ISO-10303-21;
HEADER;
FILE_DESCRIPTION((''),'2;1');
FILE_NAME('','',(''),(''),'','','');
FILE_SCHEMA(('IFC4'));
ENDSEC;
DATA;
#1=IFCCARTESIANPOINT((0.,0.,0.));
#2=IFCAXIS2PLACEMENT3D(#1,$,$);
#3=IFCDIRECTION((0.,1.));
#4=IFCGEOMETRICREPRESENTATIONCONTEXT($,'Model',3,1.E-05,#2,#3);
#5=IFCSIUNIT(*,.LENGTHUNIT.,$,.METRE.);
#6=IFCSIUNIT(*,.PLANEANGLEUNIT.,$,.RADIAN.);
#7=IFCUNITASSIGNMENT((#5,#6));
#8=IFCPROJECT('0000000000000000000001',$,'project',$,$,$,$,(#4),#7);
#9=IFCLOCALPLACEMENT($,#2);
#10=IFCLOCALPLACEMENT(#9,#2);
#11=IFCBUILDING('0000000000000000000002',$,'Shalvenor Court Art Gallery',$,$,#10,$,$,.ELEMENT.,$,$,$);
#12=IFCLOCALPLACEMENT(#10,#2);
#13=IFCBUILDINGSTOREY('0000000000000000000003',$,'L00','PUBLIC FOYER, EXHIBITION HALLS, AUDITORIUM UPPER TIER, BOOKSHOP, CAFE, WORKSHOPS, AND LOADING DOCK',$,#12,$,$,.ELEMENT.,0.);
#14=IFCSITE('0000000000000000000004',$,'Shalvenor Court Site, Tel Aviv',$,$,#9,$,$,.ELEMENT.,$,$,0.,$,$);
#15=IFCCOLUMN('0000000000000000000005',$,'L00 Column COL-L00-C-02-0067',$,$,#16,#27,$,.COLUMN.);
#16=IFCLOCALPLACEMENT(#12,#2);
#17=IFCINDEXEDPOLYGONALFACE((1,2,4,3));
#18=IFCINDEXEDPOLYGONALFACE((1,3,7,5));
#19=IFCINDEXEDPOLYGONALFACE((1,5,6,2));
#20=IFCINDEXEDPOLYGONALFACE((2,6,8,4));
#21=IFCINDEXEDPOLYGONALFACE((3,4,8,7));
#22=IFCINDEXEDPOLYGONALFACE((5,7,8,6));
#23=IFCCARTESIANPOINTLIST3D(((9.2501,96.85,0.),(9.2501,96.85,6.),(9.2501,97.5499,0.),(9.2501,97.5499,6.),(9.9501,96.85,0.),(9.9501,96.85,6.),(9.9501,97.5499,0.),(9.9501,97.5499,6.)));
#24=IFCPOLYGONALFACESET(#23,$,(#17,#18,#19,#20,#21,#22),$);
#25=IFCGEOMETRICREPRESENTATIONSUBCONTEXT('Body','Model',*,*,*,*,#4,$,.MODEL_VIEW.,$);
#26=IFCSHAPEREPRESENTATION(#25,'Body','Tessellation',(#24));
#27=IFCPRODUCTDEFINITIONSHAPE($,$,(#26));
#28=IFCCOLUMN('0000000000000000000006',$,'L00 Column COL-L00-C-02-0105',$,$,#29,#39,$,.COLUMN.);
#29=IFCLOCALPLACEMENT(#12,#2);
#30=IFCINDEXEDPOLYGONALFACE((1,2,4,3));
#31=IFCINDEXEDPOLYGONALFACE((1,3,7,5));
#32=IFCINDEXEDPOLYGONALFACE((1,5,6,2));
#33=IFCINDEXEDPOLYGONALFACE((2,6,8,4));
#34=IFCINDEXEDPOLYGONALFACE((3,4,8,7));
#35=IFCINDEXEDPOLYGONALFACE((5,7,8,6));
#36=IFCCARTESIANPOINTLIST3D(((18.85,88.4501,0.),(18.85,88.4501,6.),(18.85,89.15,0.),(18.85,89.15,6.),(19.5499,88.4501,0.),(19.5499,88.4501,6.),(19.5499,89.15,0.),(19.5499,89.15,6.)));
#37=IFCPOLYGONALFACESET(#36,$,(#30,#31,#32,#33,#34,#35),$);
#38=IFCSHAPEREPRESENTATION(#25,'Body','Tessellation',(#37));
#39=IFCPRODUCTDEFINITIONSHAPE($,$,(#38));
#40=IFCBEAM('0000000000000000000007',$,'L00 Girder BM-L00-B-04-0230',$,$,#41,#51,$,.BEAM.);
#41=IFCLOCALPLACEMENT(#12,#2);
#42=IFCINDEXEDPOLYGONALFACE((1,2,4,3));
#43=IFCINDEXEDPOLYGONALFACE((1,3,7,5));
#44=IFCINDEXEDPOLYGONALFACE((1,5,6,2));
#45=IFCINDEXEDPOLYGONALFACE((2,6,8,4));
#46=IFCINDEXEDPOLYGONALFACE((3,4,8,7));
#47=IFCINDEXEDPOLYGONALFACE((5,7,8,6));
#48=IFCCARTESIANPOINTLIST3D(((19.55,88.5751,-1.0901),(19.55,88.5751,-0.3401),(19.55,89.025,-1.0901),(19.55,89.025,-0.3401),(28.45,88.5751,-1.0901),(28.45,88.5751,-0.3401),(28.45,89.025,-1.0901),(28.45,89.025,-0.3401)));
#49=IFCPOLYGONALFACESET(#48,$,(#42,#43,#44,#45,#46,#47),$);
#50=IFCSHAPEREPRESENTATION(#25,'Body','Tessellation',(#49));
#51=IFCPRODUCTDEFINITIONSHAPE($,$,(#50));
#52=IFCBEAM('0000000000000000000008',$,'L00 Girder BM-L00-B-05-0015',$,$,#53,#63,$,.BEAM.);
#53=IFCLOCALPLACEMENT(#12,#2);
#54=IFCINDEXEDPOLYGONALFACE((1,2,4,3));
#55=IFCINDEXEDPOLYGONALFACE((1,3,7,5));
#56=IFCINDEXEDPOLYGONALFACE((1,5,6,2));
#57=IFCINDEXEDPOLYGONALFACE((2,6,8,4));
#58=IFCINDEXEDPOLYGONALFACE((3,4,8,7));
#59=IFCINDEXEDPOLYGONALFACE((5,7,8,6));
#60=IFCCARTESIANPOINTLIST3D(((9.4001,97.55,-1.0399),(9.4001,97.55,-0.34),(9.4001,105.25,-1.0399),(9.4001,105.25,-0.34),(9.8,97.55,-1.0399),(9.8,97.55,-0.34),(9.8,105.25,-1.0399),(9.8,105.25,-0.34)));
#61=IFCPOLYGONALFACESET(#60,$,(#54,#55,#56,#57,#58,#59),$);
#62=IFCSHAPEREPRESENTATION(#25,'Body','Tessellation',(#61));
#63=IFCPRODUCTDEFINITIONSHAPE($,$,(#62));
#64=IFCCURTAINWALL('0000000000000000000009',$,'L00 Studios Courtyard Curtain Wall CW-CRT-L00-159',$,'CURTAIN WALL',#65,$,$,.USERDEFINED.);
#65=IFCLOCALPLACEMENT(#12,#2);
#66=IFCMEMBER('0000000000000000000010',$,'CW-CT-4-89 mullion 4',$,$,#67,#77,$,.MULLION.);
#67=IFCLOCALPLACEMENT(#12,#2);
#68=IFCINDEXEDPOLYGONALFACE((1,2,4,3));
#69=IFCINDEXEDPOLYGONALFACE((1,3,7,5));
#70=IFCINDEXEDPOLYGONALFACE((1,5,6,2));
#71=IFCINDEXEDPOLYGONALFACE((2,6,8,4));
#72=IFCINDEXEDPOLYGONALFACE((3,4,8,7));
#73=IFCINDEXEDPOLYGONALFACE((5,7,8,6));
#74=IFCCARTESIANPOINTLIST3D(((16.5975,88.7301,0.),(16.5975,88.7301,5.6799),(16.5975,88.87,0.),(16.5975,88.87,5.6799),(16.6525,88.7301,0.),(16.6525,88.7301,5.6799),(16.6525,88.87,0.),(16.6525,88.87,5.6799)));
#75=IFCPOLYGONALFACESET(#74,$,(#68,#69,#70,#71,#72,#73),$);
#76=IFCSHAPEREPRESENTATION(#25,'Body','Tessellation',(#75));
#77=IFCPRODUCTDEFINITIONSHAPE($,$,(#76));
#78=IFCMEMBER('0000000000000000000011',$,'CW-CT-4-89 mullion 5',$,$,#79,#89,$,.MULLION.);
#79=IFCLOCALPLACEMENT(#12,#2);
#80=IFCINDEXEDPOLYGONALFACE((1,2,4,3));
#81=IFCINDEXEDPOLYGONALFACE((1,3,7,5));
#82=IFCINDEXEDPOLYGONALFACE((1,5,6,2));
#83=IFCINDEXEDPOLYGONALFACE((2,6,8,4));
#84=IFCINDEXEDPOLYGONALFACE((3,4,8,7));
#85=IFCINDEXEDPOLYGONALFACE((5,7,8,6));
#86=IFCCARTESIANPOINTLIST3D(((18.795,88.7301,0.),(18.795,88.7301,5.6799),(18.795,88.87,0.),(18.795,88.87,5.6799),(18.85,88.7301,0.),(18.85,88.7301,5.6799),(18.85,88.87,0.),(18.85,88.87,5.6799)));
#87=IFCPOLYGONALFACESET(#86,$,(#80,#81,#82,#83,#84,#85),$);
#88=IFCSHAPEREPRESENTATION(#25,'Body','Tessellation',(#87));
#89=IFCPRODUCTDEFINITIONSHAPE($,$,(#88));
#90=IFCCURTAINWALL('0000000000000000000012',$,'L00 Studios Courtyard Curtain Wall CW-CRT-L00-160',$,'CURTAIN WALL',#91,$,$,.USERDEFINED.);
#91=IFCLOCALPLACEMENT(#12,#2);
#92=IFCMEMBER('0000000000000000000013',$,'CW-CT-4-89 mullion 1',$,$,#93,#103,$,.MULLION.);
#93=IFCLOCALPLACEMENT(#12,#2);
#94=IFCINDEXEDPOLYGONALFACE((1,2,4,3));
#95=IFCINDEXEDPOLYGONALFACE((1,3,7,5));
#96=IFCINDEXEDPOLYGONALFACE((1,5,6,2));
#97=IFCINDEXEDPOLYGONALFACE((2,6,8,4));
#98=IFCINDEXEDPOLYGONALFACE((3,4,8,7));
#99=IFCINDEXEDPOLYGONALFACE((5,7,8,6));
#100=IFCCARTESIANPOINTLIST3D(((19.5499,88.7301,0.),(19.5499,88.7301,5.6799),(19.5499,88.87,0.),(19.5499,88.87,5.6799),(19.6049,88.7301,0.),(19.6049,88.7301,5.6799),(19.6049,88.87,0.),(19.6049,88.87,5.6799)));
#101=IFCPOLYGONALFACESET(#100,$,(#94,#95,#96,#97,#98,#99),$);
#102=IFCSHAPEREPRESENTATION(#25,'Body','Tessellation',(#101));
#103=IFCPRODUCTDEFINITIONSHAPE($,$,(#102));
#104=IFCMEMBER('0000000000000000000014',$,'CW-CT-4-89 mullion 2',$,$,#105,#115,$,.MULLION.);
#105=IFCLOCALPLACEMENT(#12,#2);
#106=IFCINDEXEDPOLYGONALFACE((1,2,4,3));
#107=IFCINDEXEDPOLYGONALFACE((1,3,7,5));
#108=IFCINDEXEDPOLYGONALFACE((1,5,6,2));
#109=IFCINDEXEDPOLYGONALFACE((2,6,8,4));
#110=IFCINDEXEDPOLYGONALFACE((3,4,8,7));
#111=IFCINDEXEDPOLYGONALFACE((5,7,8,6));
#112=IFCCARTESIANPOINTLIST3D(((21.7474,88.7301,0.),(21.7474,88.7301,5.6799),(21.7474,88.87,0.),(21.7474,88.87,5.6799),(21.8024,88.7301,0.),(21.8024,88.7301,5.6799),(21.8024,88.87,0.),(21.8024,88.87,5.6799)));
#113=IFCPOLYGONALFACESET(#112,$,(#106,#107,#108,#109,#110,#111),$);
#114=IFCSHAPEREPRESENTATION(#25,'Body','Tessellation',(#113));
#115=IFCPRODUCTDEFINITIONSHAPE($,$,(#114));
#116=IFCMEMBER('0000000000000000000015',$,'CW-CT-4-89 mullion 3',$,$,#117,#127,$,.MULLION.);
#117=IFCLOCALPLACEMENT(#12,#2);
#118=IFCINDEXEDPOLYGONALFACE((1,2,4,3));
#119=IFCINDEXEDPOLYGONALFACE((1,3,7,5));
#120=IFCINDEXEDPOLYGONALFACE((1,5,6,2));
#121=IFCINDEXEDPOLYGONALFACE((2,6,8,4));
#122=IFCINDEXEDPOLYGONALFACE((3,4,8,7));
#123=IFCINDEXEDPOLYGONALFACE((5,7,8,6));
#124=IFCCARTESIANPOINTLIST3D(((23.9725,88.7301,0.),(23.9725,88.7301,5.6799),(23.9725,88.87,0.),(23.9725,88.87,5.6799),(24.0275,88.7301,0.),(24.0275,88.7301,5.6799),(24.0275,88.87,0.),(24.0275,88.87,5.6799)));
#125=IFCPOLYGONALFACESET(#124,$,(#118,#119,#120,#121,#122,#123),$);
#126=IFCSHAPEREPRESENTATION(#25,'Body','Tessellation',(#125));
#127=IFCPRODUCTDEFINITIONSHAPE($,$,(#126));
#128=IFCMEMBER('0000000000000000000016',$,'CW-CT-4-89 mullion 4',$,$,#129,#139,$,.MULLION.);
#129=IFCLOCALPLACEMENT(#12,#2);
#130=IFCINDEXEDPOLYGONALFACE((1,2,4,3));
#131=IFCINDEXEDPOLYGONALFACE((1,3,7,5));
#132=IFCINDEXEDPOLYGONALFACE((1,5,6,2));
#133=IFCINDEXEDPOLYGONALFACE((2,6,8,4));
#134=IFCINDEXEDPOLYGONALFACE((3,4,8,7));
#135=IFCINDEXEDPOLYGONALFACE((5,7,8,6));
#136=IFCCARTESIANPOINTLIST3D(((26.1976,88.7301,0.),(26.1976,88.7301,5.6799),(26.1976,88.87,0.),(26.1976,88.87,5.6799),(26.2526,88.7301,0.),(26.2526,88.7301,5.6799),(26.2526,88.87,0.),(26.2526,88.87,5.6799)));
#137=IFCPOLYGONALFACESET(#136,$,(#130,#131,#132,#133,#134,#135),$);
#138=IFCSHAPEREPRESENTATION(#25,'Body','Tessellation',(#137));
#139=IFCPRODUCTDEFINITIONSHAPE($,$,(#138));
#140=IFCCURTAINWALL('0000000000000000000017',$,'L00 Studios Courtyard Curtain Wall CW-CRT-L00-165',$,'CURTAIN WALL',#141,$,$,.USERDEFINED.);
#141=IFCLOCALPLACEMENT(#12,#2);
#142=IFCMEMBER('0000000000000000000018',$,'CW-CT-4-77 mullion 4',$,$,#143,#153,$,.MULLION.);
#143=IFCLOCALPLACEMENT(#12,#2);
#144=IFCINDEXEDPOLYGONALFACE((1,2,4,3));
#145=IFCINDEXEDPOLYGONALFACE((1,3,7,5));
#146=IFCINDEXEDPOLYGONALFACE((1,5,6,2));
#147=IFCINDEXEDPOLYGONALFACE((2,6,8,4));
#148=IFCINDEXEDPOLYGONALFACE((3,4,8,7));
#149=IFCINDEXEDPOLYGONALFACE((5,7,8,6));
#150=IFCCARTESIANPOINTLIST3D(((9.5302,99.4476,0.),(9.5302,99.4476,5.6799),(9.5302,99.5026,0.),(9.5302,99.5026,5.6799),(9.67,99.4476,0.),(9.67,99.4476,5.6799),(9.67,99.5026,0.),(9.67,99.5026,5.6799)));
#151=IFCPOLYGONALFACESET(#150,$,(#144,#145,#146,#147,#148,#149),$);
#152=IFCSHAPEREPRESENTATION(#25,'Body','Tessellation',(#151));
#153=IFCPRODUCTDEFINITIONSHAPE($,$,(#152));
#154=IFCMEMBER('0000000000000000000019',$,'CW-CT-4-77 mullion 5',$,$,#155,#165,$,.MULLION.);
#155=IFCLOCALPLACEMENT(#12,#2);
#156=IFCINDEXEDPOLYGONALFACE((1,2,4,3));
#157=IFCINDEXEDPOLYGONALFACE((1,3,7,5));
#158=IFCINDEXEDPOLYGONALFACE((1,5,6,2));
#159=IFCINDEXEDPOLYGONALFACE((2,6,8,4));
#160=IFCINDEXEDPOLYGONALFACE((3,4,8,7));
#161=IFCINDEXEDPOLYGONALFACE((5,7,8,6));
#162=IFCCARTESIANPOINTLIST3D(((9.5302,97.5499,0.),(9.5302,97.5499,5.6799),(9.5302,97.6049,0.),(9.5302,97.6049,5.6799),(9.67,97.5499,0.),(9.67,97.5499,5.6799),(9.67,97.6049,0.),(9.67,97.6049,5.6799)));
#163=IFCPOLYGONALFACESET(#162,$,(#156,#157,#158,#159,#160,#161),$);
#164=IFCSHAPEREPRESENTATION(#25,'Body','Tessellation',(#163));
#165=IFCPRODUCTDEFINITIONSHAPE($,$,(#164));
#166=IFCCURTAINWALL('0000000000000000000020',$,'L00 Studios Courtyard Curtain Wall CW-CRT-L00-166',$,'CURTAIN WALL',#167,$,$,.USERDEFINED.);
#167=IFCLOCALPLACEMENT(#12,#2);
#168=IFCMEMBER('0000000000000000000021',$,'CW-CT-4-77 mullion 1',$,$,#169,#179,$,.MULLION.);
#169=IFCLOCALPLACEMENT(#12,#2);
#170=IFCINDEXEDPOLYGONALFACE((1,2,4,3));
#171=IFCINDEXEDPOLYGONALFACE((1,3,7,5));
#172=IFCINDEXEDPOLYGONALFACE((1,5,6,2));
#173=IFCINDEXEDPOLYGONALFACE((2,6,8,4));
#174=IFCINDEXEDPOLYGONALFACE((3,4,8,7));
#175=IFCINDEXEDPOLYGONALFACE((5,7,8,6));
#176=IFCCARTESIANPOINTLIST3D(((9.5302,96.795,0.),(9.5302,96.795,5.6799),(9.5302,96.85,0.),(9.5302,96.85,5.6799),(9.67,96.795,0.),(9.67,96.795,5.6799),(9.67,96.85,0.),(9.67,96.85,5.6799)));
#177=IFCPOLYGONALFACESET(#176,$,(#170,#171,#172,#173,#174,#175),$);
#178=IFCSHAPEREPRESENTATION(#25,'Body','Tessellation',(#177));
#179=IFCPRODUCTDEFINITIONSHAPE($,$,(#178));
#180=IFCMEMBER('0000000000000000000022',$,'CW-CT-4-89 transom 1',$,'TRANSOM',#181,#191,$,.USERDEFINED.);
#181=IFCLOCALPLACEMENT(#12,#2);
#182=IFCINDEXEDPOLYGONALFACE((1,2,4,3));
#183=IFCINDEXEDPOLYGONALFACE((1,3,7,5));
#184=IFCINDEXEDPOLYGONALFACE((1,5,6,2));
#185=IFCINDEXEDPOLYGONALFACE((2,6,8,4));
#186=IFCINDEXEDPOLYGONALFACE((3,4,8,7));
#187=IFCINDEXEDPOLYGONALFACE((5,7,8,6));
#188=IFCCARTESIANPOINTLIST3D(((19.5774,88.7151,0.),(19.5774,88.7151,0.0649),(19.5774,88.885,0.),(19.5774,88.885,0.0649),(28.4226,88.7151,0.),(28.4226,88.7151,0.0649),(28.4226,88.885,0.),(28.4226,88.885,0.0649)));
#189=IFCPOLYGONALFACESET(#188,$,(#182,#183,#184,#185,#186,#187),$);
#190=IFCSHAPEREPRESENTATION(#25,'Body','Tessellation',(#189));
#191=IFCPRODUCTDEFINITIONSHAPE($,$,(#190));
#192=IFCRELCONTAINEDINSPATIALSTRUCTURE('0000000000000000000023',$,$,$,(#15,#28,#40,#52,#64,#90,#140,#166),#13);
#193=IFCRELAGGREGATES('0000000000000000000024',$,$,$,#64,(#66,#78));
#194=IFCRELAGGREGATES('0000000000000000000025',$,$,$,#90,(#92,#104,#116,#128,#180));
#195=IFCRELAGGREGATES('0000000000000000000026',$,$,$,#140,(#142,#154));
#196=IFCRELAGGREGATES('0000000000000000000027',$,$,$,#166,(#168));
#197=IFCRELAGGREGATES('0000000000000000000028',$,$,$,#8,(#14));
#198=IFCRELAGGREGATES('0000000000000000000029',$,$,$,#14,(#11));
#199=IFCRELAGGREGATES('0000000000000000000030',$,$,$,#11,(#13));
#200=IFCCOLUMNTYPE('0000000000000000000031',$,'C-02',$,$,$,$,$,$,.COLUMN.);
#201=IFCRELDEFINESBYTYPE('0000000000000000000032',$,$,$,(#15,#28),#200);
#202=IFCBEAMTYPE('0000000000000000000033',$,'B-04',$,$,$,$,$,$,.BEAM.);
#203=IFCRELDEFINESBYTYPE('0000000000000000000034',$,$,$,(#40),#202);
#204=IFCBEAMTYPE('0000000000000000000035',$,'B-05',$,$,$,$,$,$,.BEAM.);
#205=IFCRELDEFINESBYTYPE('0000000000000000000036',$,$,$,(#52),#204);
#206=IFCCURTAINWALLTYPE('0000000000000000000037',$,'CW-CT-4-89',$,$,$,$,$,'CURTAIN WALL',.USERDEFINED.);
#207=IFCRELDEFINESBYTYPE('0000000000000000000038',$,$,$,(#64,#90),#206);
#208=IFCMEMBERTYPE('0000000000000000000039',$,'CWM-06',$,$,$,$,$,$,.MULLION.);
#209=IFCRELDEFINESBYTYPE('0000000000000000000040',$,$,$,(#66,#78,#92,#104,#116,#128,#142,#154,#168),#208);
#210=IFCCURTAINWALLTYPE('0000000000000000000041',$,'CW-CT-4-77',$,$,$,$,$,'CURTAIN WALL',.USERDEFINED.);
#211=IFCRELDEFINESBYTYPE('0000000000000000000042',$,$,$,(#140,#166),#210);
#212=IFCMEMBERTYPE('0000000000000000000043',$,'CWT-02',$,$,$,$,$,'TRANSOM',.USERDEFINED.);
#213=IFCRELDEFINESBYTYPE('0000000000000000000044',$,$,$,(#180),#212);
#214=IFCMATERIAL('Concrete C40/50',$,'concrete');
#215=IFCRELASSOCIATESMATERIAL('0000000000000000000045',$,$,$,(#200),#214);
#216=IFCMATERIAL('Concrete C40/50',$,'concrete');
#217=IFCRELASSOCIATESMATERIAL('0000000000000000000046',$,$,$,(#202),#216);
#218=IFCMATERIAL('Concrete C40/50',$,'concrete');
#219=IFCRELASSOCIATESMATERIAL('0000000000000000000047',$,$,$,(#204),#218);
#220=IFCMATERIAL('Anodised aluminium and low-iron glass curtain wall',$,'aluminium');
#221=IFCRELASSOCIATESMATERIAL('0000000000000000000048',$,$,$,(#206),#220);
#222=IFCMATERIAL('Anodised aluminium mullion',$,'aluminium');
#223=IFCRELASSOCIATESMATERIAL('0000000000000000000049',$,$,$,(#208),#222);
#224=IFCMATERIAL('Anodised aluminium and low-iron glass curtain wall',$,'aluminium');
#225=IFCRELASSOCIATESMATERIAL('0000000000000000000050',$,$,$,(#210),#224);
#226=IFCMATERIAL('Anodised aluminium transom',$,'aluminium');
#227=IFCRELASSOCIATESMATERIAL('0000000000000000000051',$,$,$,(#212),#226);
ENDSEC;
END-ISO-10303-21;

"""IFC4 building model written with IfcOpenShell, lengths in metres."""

from ifc_helpers import new_model, si_unit, direction, frame, origin, origin_2d, place, context, subcontext, project, spatial, rectangle, extrude, material, material_profile, profile_set, type_object, element, aggregate, save


model = new_model("IFC4")

# Units and contexts
model_context = context("Model", 3, precision=1e-05, world=origin(), true_north=direction((0.0, 1.0)))
body_context = subcontext(model_context, "Body", "Model", "MODEL_VIEW")
ifc_project = project(units=[si_unit("LENGTHUNIT", "METRE"), si_unit("PLANEANGLEUNIT", "RADIAN")], contexts=[model_context])

# Site, building, storey
site_placement = place(None, origin())
site = spatial("IfcSite", under=ifc_project, at=site_placement, Name="Shalvenor Court Site, Tel Aviv", CompositionType="ELEMENT", RefElevation=0.0)
building_placement = place(site_placement, origin())
building = spatial("IfcBuilding", under=site, at=building_placement, Name="Shalvenor Court Art Gallery", CompositionType="ELEMENT")
storey_placement = place(building_placement, origin())
storey = spatial("IfcBuildingStorey", under=building, at=storey_placement, Name="L00", Description="PUBLIC FOYER, EXHIBITION HALLS, AUDITORIUM UPPER TIER, BOOKSHOP, CAFE, WORKSHOPS, AND LOADING DOCK", CompositionType="ELEMENT", Elevation=0.0)

# Columns
ifc_material_1 = material(Name="Concrete C40/50", Category="concrete")
ifc_material_profile_1 = material_profile(ifc_material_1, rectangle(XDim=0.7, YDim=0.7, at=origin_2d()), Name="RC 700x700")
ifc_profile_set_1 = profile_set([ifc_material_profile_1], Name="Concrete C40/50")
column_type = type_object("IfcColumnType", Name="C-02", PredefinedType="COLUMN", material=ifc_profile_set_1)
for number, where, z_axis, x_axis, name in (
    (1, (9.6001, 97.2, 0.0), (0.0, 0.0, 1.0), (1.0, 0.0, 0.0), "L00 Column COL-L00-C-02-0067"),
    (2, (19.2, 88.8, 0.0), (0.0, 0.0, 1.0), (1.0, 0.0, 0.0), "L00 Column COL-L00-C-02-0105"),
):
    element("IfcColumn", number, at=place(storey_placement, frame(where, z_axis=z_axis, x_axis=x_axis)), inside=storey, type_object=column_type, Name=name, PredefinedType="COLUMN", context=body_context, shape_type="SweptSolid", body=[
        extrude(rectangle(XDim=0.7, YDim=0.7, at=origin_2d()), origin(), (0.0, 0.0, 1.0), 6.0),
    ])

# Beams
ifc_material_2 = material(Name="Concrete C40/50", Category="concrete")
ifc_material_profile_2 = material_profile(ifc_material_2, rectangle(XDim=0.45, YDim=0.75, at=origin_2d()), Name="RC 450x750")
ifc_profile_set_2 = profile_set([ifc_material_profile_2], Name="Concrete C40/50")
beam_type_1 = type_object("IfcBeamType", Name="B-04", PredefinedType="BEAM", material=ifc_profile_set_2)
beam_1_placement = place(storey_placement, frame((19.55, 88.8, -0.7151), z_axis=(1.0, 0.0, 0.0), x_axis=(0.0, 1.0, 0.0)))
element("IfcBeam", 3, at=beam_1_placement, inside=storey, type_object=beam_type_1, Name="L00 Girder BM-L00-B-04-0230", PredefinedType="BEAM", context=body_context, shape_type="SweptSolid", body=[
    extrude(rectangle(XDim=0.45, YDim=0.75, at=origin_2d()), origin(), (0.0, 0.0, 1.0), 8.8999),
])
ifc_material_3 = material(Name="Concrete C40/50", Category="concrete")
ifc_material_profile_3 = material_profile(ifc_material_3, rectangle(XDim=0.3999, YDim=0.7, at=origin_2d()), Name="RC 400x700")
ifc_profile_set_3 = profile_set([ifc_material_profile_3], Name="Concrete C40/50")
beam_type_2 = type_object("IfcBeamType", Name="B-05", PredefinedType="BEAM", material=ifc_profile_set_3)
beam_2_placement = place(storey_placement, frame((9.6001, 97.55, -0.6899), z_axis=(0.0, 1.0, 0.0), x_axis=(-1.0, 0.0, 0.0)))
element("IfcBeam", 4, at=beam_2_placement, inside=storey, type_object=beam_type_2, Name="L00 Girder BM-L00-B-05-0015", PredefinedType="BEAM", context=body_context, shape_type="SweptSolid", body=[
    extrude(rectangle(XDim=0.3999, YDim=0.7, at=origin_2d()), origin(), (0.0, 0.0, 1.0), 7.7),
])

# Curtain walls, members
ifc_material_4 = material(Name="Anodised aluminium and low-iron glass curtain wall", Category="aluminium")
curtain_wall_type_1 = type_object("IfcCurtainWallType", Name="CW-CT-4-89", ElementType="CURTAIN WALL", PredefinedType="USERDEFINED", material=ifc_material_4)
curtain_wall_1_placement = place(storey_placement, origin())
curtain_wall_1 = element("IfcCurtainWall", 5, at=curtain_wall_1_placement, inside=storey, type_object=curtain_wall_type_1, Name="L00 Studios Courtyard Curtain Wall CW-CRT-L00-159", ObjectType="CURTAIN WALL", PredefinedType="USERDEFINED")
ifc_material_5 = material(Name="Anodised aluminium mullion", Category="aluminium")
ifc_material_profile_4 = material_profile(ifc_material_5, rectangle(XDim=0.0549, YDim=0.1399, at=origin_2d()), Name="CWM-06")
ifc_profile_set_4 = profile_set([ifc_material_profile_4], Name="Anodised aluminium mullion")
member_type_1 = type_object("IfcMemberType", Name="CWM-06", PredefinedType="MULLION", material=ifc_profile_set_4)
member_1_placement = place(storey_placement, frame((16.625, 88.8, 0.0), z_axis=(0.0, 0.0, 1.0), x_axis=(1.0, 0.0, 0.0)))
member_1 = element("IfcMember", 6, at=member_1_placement, type_object=member_type_1, Name="CW-CT-4-89 mullion 4", PredefinedType="MULLION", context=body_context, shape_type="SweptSolid", body=[
    extrude(rectangle(XDim=0.0549, YDim=0.1399, at=origin_2d()), origin(), (0.0, 0.0, 1.0), 5.6799),
])
member_2_placement = place(storey_placement, frame((18.8225, 88.8, 0.0), z_axis=(0.0, 0.0, 1.0), x_axis=(1.0, 0.0, 0.0)))
member_2 = element("IfcMember", 7, at=member_2_placement, type_object=member_type_1, Name="CW-CT-4-89 mullion 5", PredefinedType="MULLION", context=body_context, shape_type="SweptSolid", body=[
    extrude(rectangle(XDim=0.0549, YDim=0.1399, at=origin_2d()), origin(), (0.0, 0.0, 1.0), 5.6799),
])
curtain_wall_2_placement = place(storey_placement, origin())
curtain_wall_2 = element("IfcCurtainWall", 8, at=curtain_wall_2_placement, inside=storey, type_object=curtain_wall_type_1, Name="L00 Studios Courtyard Curtain Wall CW-CRT-L00-160", ObjectType="CURTAIN WALL", PredefinedType="USERDEFINED")
member_3_placement = place(storey_placement, frame((19.5774, 88.8, 0.0), z_axis=(0.0, 0.0, 1.0), x_axis=(1.0, 0.0, 0.0)))
member_3 = element("IfcMember", 9, at=member_3_placement, type_object=member_type_1, Name="CW-CT-4-89 mullion 1", PredefinedType="MULLION", context=body_context, shape_type="SweptSolid", body=[
    extrude(rectangle(XDim=0.0549, YDim=0.1399, at=origin_2d()), origin(), (0.0, 0.0, 1.0), 5.6799),
])
member_4_placement = place(storey_placement, frame((21.7749, 88.8, 0.0), z_axis=(0.0, 0.0, 1.0), x_axis=(1.0, 0.0, 0.0)))
member_4 = element("IfcMember", 10, at=member_4_placement, type_object=member_type_1, Name="CW-CT-4-89 mullion 2", PredefinedType="MULLION", context=body_context, shape_type="SweptSolid", body=[
    extrude(rectangle(XDim=0.0549, YDim=0.1399, at=origin_2d()), origin(), (0.0, 0.0, 1.0), 5.6799),
])
member_5_placement = place(storey_placement, frame((24.0, 88.8, 0.0), z_axis=(0.0, 0.0, 1.0), x_axis=(1.0, 0.0, 0.0)))
member_5 = element("IfcMember", 11, at=member_5_placement, type_object=member_type_1, Name="CW-CT-4-89 mullion 3", PredefinedType="MULLION", context=body_context, shape_type="SweptSolid", body=[
    extrude(rectangle(XDim=0.0549, YDim=0.1399, at=origin_2d()), origin(), (0.0, 0.0, 1.0), 5.6799),
])
member_6_placement = place(storey_placement, frame((26.2251, 88.8, 0.0), z_axis=(0.0, 0.0, 1.0), x_axis=(1.0, 0.0, 0.0)))
member_6 = element("IfcMember", 12, at=member_6_placement, type_object=member_type_1, Name="CW-CT-4-89 mullion 4", PredefinedType="MULLION", context=body_context, shape_type="SweptSolid", body=[
    extrude(rectangle(XDim=0.0549, YDim=0.1399, at=origin_2d()), origin(), (0.0, 0.0, 1.0), 5.6799),
])
ifc_material_6 = material(Name="Anodised aluminium and low-iron glass curtain wall", Category="aluminium")
curtain_wall_type_2 = type_object("IfcCurtainWallType", Name="CW-CT-4-77", ElementType="CURTAIN WALL", PredefinedType="USERDEFINED", material=ifc_material_6)
curtain_wall_3_placement = place(storey_placement, origin())
curtain_wall_3 = element("IfcCurtainWall", 13, at=curtain_wall_3_placement, inside=storey, type_object=curtain_wall_type_2, Name="L00 Studios Courtyard Curtain Wall CW-CRT-L00-165", ObjectType="CURTAIN WALL", PredefinedType="USERDEFINED")
member_7_placement = place(storey_placement, frame((9.6001, 99.4751, 0.0), z_axis=(0.0, 0.0, 1.0), x_axis=(0.0, -1.0, 0.0)))
member_7 = element("IfcMember", 14, at=member_7_placement, type_object=member_type_1, Name="CW-CT-4-77 mullion 4", PredefinedType="MULLION", context=body_context, shape_type="SweptSolid", body=[
    extrude(rectangle(XDim=0.0549, YDim=0.1399, at=origin_2d()), origin(), (0.0, 0.0, 1.0), 5.6799),
])
member_8_placement = place(storey_placement, frame((9.6001, 97.5774, 0.0), z_axis=(0.0, 0.0, 1.0), x_axis=(0.0, -1.0, 0.0)))
member_8 = element("IfcMember", 15, at=member_8_placement, type_object=member_type_1, Name="CW-CT-4-77 mullion 5", PredefinedType="MULLION", context=body_context, shape_type="SweptSolid", body=[
    extrude(rectangle(XDim=0.0549, YDim=0.1399, at=origin_2d()), origin(), (0.0, 0.0, 1.0), 5.6799),
])

# Curtain wall, member
curtain_wall_4_placement = place(storey_placement, origin())
curtain_wall_4 = element("IfcCurtainWall", 16, at=curtain_wall_4_placement, inside=storey, type_object=curtain_wall_type_2, Name="L00 Studios Courtyard Curtain Wall CW-CRT-L00-166", ObjectType="CURTAIN WALL", PredefinedType="USERDEFINED")
member_9_placement = place(storey_placement, frame((9.6001, 96.8225, 0.0), z_axis=(0.0, 0.0, 1.0), x_axis=(0.0, -1.0, 0.0)))
member_9 = element("IfcMember", 17, at=member_9_placement, type_object=member_type_1, Name="CW-CT-4-77 mullion 1", PredefinedType="MULLION", context=body_context, shape_type="SweptSolid", body=[
    extrude(rectangle(XDim=0.0549, YDim=0.1399, at=origin_2d()), origin(), (0.0, 0.0, 1.0), 5.6799),
])

# Member
ifc_material_7 = material(Name="Anodised aluminium transom", Category="aluminium")
ifc_material_profile_5 = material_profile(ifc_material_7, rectangle(XDim=0.1699, YDim=0.0649, at=origin_2d()), Name="CWT-02")
ifc_profile_set_5 = profile_set([ifc_material_profile_5], Name="Anodised aluminium transom")
member_type_2 = type_object("IfcMemberType", Name="CWT-02", ElementType="TRANSOM", PredefinedType="USERDEFINED", material=ifc_profile_set_5)
member_10_placement = place(storey_placement, frame((19.5774, 88.8, 0.0325), z_axis=(1.0, 0.0, 0.0), x_axis=(0.0, 1.0, 0.0)))
member_10 = element("IfcMember", 18, at=member_10_placement, type_object=member_type_2, Name="CW-CT-4-89 transom 1", ObjectType="TRANSOM", PredefinedType="USERDEFINED", context=body_context, shape_type="SweptSolid", body=[
    extrude(rectangle(XDim=0.1699, YDim=0.0649, at=origin_2d()), origin(), (0.0, 0.0, 1.0), 8.8452),
])

aggregate(curtain_wall_1, [member_1, member_2])
aggregate(curtain_wall_2, [member_3, member_4, member_5, member_6, member_10])
aggregate(curtain_wall_3, [member_7, member_8])
aggregate(curtain_wall_4, [member_9])

save(model, "model.ifc")
